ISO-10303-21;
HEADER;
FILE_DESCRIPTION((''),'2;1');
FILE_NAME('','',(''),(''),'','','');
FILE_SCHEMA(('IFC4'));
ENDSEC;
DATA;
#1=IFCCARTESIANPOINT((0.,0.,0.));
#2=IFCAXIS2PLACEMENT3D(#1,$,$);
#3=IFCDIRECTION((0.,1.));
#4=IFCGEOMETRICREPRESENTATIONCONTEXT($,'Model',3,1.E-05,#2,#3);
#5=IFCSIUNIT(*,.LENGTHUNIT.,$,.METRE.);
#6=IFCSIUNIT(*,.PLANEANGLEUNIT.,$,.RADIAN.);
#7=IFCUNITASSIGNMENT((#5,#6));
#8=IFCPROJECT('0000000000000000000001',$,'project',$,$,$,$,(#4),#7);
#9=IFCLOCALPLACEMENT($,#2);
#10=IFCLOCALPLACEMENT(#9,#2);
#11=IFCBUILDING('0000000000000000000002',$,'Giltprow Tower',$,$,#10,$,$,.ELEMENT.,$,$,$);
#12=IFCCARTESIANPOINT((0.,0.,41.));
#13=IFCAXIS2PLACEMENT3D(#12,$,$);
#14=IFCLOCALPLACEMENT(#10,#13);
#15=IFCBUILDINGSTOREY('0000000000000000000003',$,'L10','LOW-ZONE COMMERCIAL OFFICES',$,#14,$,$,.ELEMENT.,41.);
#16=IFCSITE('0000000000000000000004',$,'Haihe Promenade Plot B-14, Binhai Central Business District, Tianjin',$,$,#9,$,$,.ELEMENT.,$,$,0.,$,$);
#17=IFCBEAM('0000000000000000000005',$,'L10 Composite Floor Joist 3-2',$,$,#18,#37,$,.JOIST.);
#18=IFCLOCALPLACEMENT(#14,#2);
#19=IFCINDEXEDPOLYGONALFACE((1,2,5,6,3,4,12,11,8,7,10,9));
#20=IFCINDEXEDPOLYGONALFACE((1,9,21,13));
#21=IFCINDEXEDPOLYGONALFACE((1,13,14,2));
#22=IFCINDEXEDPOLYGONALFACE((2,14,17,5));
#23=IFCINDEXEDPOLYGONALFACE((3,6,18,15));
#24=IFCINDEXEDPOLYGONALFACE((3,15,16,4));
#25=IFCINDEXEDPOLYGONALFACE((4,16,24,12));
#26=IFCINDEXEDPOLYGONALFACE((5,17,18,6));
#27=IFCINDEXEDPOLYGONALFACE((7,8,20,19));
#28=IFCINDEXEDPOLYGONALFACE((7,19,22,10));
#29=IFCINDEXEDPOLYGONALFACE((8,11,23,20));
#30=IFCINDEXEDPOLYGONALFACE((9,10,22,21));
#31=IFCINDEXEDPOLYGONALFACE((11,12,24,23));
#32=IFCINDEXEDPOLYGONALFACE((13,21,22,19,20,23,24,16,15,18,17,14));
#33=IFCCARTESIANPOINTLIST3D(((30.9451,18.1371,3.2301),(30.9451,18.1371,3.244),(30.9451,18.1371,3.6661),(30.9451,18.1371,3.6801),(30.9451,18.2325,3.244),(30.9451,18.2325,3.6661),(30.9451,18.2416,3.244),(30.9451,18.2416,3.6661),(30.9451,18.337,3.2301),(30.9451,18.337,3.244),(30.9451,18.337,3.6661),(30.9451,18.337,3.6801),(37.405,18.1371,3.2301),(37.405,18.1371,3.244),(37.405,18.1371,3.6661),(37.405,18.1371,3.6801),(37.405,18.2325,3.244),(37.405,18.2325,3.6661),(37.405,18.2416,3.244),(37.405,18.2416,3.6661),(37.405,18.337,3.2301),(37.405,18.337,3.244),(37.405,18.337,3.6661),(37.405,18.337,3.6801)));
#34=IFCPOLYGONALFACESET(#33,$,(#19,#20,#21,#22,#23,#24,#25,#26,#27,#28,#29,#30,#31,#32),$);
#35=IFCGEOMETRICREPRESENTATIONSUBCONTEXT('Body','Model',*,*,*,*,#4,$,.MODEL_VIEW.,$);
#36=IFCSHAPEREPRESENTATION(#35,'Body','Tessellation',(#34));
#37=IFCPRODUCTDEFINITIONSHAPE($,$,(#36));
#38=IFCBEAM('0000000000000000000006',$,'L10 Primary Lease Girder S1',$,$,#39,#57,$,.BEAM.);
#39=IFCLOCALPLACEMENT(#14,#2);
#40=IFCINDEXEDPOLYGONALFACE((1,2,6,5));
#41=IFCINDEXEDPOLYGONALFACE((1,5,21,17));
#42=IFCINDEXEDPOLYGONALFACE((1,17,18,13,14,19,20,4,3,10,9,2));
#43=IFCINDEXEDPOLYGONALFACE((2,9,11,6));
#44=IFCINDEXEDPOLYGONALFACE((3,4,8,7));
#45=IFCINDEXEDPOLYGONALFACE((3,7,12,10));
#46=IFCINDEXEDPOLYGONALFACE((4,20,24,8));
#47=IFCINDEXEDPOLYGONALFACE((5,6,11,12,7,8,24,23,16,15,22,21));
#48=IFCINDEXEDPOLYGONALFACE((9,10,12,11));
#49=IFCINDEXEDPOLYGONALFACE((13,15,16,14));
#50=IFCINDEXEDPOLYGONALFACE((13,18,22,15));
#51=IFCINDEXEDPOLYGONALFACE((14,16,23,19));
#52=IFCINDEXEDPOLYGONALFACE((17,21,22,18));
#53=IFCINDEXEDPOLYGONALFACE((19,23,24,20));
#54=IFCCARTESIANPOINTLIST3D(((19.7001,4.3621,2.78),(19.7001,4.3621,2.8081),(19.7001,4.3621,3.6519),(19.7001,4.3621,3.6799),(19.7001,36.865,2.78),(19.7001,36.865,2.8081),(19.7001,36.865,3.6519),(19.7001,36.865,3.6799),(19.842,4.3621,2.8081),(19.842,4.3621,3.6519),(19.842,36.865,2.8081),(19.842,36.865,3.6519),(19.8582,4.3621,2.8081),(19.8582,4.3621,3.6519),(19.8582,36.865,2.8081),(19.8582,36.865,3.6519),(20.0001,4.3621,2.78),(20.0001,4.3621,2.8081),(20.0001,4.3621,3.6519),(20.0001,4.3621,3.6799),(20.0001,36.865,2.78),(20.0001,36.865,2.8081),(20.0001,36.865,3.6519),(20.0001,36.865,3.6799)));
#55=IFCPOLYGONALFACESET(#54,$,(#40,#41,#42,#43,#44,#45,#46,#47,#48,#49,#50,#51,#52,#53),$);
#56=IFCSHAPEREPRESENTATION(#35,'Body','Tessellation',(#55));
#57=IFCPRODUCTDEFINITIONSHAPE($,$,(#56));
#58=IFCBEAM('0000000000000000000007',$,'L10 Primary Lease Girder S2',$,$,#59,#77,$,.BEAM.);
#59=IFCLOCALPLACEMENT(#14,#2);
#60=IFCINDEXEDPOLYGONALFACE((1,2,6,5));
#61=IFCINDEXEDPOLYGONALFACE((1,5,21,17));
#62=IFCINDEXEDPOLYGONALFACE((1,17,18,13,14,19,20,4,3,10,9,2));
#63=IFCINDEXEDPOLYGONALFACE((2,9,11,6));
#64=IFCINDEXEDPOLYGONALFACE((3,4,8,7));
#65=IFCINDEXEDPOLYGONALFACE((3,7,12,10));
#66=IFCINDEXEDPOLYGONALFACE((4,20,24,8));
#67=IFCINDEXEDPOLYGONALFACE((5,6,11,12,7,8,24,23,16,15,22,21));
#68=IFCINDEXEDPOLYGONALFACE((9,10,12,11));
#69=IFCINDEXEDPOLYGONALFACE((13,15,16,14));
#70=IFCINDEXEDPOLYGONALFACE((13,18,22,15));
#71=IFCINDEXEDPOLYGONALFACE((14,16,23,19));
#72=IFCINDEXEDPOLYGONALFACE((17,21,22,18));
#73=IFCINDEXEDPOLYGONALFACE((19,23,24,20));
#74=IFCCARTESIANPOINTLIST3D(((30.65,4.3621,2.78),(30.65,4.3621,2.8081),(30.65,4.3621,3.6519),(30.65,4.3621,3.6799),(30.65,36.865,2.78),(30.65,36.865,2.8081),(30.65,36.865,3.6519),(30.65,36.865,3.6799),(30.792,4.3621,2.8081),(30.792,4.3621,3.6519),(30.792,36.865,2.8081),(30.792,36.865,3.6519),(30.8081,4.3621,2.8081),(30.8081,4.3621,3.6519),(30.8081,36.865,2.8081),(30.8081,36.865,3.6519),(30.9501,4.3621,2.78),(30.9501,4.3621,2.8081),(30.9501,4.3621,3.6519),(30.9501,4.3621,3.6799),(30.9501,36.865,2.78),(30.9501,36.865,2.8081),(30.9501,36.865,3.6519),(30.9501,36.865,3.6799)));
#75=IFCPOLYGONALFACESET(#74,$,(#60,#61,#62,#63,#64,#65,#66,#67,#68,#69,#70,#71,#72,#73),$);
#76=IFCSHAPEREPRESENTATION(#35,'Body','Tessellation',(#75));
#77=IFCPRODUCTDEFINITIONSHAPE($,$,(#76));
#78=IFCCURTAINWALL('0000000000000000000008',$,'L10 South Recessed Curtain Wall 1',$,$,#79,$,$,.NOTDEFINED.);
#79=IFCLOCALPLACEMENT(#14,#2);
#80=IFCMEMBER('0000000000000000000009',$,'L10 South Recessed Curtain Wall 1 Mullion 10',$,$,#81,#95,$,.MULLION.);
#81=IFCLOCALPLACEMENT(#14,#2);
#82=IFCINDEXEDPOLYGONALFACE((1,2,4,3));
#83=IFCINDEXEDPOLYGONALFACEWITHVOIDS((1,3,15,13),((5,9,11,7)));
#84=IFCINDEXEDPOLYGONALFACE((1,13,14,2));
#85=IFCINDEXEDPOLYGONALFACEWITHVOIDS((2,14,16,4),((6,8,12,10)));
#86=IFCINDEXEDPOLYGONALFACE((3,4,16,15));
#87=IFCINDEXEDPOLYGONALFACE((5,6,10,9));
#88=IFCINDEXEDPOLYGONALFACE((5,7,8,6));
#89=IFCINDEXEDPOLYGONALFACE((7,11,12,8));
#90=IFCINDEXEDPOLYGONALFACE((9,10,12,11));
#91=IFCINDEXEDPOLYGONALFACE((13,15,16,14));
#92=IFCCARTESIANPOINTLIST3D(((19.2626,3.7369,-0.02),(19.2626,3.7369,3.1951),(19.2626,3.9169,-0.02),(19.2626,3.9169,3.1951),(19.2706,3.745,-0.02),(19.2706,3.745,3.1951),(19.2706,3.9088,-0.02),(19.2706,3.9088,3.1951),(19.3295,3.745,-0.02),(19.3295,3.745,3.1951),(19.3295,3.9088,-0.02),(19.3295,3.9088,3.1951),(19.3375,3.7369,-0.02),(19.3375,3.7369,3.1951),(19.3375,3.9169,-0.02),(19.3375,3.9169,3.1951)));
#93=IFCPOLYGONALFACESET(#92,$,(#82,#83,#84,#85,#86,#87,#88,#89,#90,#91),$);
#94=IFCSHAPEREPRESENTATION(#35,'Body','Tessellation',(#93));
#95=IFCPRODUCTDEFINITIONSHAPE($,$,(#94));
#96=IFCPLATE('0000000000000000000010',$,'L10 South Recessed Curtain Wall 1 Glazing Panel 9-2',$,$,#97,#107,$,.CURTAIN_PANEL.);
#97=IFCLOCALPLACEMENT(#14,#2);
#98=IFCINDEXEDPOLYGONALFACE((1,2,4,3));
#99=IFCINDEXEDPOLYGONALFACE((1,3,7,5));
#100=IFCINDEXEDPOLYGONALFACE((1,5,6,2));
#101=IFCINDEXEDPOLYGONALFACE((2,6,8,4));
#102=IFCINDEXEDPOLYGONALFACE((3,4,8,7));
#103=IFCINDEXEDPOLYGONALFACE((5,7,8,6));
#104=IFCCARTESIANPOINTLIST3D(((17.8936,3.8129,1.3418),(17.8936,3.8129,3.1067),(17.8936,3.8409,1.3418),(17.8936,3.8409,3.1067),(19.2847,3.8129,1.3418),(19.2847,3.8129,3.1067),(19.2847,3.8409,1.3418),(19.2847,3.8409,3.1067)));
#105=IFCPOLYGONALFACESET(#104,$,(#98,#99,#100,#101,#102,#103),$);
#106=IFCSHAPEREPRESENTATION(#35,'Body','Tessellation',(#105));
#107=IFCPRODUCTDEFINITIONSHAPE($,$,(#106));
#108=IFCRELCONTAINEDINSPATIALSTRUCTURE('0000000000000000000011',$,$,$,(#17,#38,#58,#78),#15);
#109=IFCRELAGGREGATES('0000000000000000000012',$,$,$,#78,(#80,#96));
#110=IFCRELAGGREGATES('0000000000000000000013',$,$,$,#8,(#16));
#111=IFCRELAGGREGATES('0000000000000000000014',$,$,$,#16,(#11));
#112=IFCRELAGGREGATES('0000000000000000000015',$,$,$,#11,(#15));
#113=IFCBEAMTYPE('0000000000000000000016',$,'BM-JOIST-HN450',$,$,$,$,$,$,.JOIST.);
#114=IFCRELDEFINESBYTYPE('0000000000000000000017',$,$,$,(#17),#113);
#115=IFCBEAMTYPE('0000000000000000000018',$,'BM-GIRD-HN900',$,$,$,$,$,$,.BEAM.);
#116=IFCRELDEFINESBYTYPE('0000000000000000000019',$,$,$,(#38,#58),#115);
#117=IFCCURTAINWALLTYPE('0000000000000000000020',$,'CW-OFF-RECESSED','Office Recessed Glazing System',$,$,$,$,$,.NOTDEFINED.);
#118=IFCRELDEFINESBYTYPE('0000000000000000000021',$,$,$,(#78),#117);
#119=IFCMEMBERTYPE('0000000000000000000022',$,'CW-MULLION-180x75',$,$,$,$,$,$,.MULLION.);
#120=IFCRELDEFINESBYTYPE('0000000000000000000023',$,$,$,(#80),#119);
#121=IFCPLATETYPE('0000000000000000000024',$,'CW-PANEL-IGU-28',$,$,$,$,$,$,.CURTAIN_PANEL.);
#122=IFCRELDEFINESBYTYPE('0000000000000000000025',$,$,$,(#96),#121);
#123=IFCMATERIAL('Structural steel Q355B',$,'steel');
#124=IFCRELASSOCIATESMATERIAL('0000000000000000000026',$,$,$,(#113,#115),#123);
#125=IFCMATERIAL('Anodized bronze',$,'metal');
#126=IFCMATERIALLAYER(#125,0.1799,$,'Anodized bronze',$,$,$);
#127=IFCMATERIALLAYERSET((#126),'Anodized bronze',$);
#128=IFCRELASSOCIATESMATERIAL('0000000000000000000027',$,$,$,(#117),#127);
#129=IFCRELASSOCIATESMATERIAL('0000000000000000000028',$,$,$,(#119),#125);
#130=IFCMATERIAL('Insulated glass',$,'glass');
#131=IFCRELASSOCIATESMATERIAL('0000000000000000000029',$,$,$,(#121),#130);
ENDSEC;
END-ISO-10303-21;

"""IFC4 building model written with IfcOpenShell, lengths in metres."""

from ifc_helpers import new_model, si_unit, direction, frame, origin, origin_2d, place, context, subcontext, project, spatial, rectangle, hollow_rectangle, i_section, extrude, source, transform, mapped, material, layer, layer_set, material_profile, profile_set, type_object, element, aggregate, save


model = new_model("IFC4")

# Units and contexts
model_context = context("Model", 3, precision=1e-05, world=origin(), true_north=direction((0.0, 1.0)))
body_context = subcontext(model_context, "Body", "Model", "MODEL_VIEW")
ifc_project = project(units=[si_unit("LENGTHUNIT", "METRE"), si_unit("PLANEANGLEUNIT", "RADIAN")], contexts=[model_context])

# Site, building, storey
site_placement = place(None, origin())
site = spatial("IfcSite", under=ifc_project, at=site_placement, Name="Haihe Promenade Plot B-14, Binhai Central Business District, Tianjin", CompositionType="ELEMENT", RefElevation=0.0)
building_placement = place(site_placement, origin())
building = spatial("IfcBuilding", under=site, at=building_placement, Name="Giltprow Tower", CompositionType="ELEMENT")
storey_placement = place(building_placement, frame((0.0, 0.0, 41.0)))
storey = spatial("IfcBuildingStorey", under=building, at=storey_placement, Name="L10", Description="LOW-ZONE COMMERCIAL OFFICES", CompositionType="ELEMENT", Elevation=41.0)

# Beams
ifc_material_1 = material(Name="Structural steel Q355B", Category="steel")
ifc_material_profile_1 = material_profile(ifc_material_1, i_section(OverallWidth=0.2, OverallDepth=0.45, WebThickness=0.009, FlangeThickness=0.0139, at=origin_2d()), Name="HN 450x200x9x14")
ifc_profile_set_1 = profile_set([ifc_material_profile_1], Name="Structural steel Q355B")
beam_type_1 = type_object("IfcBeamType", Name="BM-JOIST-HN450", PredefinedType="JOIST", material=ifc_profile_set_1)
shared_shape_1 = source(origin(), body_context, "Body", "SweptSolid", [
    extrude(i_section(OverallWidth=0.2, OverallDepth=0.45, WebThickness=0.009, FlangeThickness=0.0139, at=origin_2d()), origin(), (0.0, 0.0, 1.0), 6.46),
])
for number, where, z_axis, x_axis, name in (
    (1, (30.9451, 18.2371, 3.4551), (1.0, 0.0, 0.0), (0.0, 1.0, 0.0), "L10 Composite Floor Joist 3-2"),
):
    element("IfcBeam", number, at=place(storey_placement, frame(where, z_axis=z_axis, x_axis=x_axis)), inside=storey, type_object=beam_type_1, Name=name, PredefinedType="JOIST", context=body_context, shape_type="MappedRepresentation", body=[
        mapped(shared_shape_1, transform((0.0, 0.0, 0.0), x_axis=(1.0, 0.0, 0.0), y_axis=(0.0, 1.0, 0.0), z_axis=(0.0, 0.0, 1.0), scale=1.0)),
    ])
ifc_material_profile_2 = material_profile(ifc_material_1, i_section(OverallWidth=0.3, OverallDepth=0.8999, WebThickness=0.0161, FlangeThickness=0.0281, at=origin_2d()), Name="HN 900x300x16x28")
ifc_profile_set_2 = profile_set([ifc_material_profile_2], Name="Structural steel Q355B")
beam_type_2 = type_object("IfcBeamType", Name="BM-GIRD-HN900", PredefinedType="BEAM", material=ifc_profile_set_2)
shared_shape_2 = source(origin(), body_context, "Body", "SweptSolid", [
    extrude(i_section(OverallWidth=0.3, OverallDepth=0.8999, WebThickness=0.0161, FlangeThickness=0.0281, at=origin_2d()), origin(), (0.0, 0.0, 1.0), 32.5029),
])
for number, where, z_axis, x_axis, name in (
    (2, (19.8501, 4.3621, 3.23), (0.0, 1.0, 0.0), (-1.0, 0.0, 0.0), "L10 Primary Lease Girder S1"),
    (3, (30.8, 4.3621, 3.23), (0.0, 1.0, 0.0), (-1.0, 0.0, 0.0), "L10 Primary Lease Girder S2"),
):
    element("IfcBeam", number, at=place(storey_placement, frame(where, z_axis=z_axis, x_axis=x_axis)), inside=storey, type_object=beam_type_2, Name=name, PredefinedType="BEAM", context=body_context, shape_type="MappedRepresentation", body=[
        mapped(shared_shape_2, transform((0.0, 0.0, 0.0), x_axis=(1.0, 0.0, 0.0), y_axis=(0.0, 1.0, 0.0), z_axis=(0.0, 0.0, 1.0), scale=1.0)),
    ])

# Curtain wall, member, plate
ifc_material_2 = material(Name="Anodized bronze", Category="metal")
ifc_layer_1 = layer(ifc_material_2, 0.1799, Name="Anodized bronze")
ifc_layer_set_1 = layer_set([ifc_layer_1], Name="Anodized bronze")
curtain_wall_type = type_object("IfcCurtainWallType", Name="CW-OFF-RECESSED", Description="Office Recessed Glazing System", PredefinedType="NOTDEFINED", material=ifc_layer_set_1)
curtain_wall_placement = place(storey_placement, origin())
curtain_wall = element("IfcCurtainWall", 4, at=curtain_wall_placement, inside=storey, type_object=curtain_wall_type, Name="L10 South Recessed Curtain Wall 1", PredefinedType="NOTDEFINED")
ifc_material_profile_3 = material_profile(ifc_material_2, hollow_rectangle(XDim=0.075, YDim=0.1799, WallThickness=0.0081, at=origin_2d()), Name="RHS 180x75x8")
ifc_profile_set_3 = profile_set([ifc_material_profile_3], Name="Anodized bronze")
member_type = type_object("IfcMemberType", Name="CW-MULLION-180x75", PredefinedType="MULLION", material=ifc_profile_set_3)
shared_shape_3 = source(origin(), body_context, "Body", "SweptSolid", [
    extrude(hollow_rectangle(XDim=0.075, YDim=0.1799, WallThickness=0.0081, at=origin_2d()), origin(), (0.0, 0.0, 1.0), 3.2151),
])
member_placement = place(storey_placement, frame((19.3, 3.8269, -0.02), z_axis=(0.0, 0.0, 1.0), x_axis=(1.0, 0.0, 0.0)))
member = element("IfcMember", 5, at=member_placement, type_object=member_type, Name="L10 South Recessed Curtain Wall 1 Mullion 10", PredefinedType="MULLION", context=body_context, shape_type="MappedRepresentation", body=[
    mapped(shared_shape_3, transform((0.0, 0.0, 0.0), x_axis=(1.0, 0.0, 0.0), y_axis=(0.0, 1.0, 0.0), z_axis=(0.0, 0.0, 1.0), scale=1.0)),
])
ifc_material_3 = material(Name="Insulated glass", Category="glass")
plate_type = type_object("IfcPlateType", Name="CW-PANEL-IGU-28", PredefinedType="CURTAIN_PANEL", material=ifc_material_3)
shared_shape_4 = source(origin(), body_context, "Body", "SweptSolid", [
    extrude(rectangle(XDim=1.3911, YDim=0.0281, at=origin_2d()), origin(), (0.0, 0.0, 1.0), 1.7649),
])
plate_placement = place(storey_placement, frame((18.5891, 3.8269, 1.3418), z_axis=(0.0, 0.0, 1.0), x_axis=(1.0, 0.0, 0.0)))
plate = element("IfcPlate", 6, at=plate_placement, type_object=plate_type, Name="L10 South Recessed Curtain Wall 1 Glazing Panel 9-2", PredefinedType="CURTAIN_PANEL", context=body_context, shape_type="MappedRepresentation", body=[
    mapped(shared_shape_4, transform((0.0, 0.0, 0.0), x_axis=(1.0, 0.0, 0.0), y_axis=(0.0, 1.0, 0.0), z_axis=(0.0, 0.0, 1.0), scale=1.0)),
])
aggregate(curtain_wall, [member, plate])

save(model, "model.ifc")
